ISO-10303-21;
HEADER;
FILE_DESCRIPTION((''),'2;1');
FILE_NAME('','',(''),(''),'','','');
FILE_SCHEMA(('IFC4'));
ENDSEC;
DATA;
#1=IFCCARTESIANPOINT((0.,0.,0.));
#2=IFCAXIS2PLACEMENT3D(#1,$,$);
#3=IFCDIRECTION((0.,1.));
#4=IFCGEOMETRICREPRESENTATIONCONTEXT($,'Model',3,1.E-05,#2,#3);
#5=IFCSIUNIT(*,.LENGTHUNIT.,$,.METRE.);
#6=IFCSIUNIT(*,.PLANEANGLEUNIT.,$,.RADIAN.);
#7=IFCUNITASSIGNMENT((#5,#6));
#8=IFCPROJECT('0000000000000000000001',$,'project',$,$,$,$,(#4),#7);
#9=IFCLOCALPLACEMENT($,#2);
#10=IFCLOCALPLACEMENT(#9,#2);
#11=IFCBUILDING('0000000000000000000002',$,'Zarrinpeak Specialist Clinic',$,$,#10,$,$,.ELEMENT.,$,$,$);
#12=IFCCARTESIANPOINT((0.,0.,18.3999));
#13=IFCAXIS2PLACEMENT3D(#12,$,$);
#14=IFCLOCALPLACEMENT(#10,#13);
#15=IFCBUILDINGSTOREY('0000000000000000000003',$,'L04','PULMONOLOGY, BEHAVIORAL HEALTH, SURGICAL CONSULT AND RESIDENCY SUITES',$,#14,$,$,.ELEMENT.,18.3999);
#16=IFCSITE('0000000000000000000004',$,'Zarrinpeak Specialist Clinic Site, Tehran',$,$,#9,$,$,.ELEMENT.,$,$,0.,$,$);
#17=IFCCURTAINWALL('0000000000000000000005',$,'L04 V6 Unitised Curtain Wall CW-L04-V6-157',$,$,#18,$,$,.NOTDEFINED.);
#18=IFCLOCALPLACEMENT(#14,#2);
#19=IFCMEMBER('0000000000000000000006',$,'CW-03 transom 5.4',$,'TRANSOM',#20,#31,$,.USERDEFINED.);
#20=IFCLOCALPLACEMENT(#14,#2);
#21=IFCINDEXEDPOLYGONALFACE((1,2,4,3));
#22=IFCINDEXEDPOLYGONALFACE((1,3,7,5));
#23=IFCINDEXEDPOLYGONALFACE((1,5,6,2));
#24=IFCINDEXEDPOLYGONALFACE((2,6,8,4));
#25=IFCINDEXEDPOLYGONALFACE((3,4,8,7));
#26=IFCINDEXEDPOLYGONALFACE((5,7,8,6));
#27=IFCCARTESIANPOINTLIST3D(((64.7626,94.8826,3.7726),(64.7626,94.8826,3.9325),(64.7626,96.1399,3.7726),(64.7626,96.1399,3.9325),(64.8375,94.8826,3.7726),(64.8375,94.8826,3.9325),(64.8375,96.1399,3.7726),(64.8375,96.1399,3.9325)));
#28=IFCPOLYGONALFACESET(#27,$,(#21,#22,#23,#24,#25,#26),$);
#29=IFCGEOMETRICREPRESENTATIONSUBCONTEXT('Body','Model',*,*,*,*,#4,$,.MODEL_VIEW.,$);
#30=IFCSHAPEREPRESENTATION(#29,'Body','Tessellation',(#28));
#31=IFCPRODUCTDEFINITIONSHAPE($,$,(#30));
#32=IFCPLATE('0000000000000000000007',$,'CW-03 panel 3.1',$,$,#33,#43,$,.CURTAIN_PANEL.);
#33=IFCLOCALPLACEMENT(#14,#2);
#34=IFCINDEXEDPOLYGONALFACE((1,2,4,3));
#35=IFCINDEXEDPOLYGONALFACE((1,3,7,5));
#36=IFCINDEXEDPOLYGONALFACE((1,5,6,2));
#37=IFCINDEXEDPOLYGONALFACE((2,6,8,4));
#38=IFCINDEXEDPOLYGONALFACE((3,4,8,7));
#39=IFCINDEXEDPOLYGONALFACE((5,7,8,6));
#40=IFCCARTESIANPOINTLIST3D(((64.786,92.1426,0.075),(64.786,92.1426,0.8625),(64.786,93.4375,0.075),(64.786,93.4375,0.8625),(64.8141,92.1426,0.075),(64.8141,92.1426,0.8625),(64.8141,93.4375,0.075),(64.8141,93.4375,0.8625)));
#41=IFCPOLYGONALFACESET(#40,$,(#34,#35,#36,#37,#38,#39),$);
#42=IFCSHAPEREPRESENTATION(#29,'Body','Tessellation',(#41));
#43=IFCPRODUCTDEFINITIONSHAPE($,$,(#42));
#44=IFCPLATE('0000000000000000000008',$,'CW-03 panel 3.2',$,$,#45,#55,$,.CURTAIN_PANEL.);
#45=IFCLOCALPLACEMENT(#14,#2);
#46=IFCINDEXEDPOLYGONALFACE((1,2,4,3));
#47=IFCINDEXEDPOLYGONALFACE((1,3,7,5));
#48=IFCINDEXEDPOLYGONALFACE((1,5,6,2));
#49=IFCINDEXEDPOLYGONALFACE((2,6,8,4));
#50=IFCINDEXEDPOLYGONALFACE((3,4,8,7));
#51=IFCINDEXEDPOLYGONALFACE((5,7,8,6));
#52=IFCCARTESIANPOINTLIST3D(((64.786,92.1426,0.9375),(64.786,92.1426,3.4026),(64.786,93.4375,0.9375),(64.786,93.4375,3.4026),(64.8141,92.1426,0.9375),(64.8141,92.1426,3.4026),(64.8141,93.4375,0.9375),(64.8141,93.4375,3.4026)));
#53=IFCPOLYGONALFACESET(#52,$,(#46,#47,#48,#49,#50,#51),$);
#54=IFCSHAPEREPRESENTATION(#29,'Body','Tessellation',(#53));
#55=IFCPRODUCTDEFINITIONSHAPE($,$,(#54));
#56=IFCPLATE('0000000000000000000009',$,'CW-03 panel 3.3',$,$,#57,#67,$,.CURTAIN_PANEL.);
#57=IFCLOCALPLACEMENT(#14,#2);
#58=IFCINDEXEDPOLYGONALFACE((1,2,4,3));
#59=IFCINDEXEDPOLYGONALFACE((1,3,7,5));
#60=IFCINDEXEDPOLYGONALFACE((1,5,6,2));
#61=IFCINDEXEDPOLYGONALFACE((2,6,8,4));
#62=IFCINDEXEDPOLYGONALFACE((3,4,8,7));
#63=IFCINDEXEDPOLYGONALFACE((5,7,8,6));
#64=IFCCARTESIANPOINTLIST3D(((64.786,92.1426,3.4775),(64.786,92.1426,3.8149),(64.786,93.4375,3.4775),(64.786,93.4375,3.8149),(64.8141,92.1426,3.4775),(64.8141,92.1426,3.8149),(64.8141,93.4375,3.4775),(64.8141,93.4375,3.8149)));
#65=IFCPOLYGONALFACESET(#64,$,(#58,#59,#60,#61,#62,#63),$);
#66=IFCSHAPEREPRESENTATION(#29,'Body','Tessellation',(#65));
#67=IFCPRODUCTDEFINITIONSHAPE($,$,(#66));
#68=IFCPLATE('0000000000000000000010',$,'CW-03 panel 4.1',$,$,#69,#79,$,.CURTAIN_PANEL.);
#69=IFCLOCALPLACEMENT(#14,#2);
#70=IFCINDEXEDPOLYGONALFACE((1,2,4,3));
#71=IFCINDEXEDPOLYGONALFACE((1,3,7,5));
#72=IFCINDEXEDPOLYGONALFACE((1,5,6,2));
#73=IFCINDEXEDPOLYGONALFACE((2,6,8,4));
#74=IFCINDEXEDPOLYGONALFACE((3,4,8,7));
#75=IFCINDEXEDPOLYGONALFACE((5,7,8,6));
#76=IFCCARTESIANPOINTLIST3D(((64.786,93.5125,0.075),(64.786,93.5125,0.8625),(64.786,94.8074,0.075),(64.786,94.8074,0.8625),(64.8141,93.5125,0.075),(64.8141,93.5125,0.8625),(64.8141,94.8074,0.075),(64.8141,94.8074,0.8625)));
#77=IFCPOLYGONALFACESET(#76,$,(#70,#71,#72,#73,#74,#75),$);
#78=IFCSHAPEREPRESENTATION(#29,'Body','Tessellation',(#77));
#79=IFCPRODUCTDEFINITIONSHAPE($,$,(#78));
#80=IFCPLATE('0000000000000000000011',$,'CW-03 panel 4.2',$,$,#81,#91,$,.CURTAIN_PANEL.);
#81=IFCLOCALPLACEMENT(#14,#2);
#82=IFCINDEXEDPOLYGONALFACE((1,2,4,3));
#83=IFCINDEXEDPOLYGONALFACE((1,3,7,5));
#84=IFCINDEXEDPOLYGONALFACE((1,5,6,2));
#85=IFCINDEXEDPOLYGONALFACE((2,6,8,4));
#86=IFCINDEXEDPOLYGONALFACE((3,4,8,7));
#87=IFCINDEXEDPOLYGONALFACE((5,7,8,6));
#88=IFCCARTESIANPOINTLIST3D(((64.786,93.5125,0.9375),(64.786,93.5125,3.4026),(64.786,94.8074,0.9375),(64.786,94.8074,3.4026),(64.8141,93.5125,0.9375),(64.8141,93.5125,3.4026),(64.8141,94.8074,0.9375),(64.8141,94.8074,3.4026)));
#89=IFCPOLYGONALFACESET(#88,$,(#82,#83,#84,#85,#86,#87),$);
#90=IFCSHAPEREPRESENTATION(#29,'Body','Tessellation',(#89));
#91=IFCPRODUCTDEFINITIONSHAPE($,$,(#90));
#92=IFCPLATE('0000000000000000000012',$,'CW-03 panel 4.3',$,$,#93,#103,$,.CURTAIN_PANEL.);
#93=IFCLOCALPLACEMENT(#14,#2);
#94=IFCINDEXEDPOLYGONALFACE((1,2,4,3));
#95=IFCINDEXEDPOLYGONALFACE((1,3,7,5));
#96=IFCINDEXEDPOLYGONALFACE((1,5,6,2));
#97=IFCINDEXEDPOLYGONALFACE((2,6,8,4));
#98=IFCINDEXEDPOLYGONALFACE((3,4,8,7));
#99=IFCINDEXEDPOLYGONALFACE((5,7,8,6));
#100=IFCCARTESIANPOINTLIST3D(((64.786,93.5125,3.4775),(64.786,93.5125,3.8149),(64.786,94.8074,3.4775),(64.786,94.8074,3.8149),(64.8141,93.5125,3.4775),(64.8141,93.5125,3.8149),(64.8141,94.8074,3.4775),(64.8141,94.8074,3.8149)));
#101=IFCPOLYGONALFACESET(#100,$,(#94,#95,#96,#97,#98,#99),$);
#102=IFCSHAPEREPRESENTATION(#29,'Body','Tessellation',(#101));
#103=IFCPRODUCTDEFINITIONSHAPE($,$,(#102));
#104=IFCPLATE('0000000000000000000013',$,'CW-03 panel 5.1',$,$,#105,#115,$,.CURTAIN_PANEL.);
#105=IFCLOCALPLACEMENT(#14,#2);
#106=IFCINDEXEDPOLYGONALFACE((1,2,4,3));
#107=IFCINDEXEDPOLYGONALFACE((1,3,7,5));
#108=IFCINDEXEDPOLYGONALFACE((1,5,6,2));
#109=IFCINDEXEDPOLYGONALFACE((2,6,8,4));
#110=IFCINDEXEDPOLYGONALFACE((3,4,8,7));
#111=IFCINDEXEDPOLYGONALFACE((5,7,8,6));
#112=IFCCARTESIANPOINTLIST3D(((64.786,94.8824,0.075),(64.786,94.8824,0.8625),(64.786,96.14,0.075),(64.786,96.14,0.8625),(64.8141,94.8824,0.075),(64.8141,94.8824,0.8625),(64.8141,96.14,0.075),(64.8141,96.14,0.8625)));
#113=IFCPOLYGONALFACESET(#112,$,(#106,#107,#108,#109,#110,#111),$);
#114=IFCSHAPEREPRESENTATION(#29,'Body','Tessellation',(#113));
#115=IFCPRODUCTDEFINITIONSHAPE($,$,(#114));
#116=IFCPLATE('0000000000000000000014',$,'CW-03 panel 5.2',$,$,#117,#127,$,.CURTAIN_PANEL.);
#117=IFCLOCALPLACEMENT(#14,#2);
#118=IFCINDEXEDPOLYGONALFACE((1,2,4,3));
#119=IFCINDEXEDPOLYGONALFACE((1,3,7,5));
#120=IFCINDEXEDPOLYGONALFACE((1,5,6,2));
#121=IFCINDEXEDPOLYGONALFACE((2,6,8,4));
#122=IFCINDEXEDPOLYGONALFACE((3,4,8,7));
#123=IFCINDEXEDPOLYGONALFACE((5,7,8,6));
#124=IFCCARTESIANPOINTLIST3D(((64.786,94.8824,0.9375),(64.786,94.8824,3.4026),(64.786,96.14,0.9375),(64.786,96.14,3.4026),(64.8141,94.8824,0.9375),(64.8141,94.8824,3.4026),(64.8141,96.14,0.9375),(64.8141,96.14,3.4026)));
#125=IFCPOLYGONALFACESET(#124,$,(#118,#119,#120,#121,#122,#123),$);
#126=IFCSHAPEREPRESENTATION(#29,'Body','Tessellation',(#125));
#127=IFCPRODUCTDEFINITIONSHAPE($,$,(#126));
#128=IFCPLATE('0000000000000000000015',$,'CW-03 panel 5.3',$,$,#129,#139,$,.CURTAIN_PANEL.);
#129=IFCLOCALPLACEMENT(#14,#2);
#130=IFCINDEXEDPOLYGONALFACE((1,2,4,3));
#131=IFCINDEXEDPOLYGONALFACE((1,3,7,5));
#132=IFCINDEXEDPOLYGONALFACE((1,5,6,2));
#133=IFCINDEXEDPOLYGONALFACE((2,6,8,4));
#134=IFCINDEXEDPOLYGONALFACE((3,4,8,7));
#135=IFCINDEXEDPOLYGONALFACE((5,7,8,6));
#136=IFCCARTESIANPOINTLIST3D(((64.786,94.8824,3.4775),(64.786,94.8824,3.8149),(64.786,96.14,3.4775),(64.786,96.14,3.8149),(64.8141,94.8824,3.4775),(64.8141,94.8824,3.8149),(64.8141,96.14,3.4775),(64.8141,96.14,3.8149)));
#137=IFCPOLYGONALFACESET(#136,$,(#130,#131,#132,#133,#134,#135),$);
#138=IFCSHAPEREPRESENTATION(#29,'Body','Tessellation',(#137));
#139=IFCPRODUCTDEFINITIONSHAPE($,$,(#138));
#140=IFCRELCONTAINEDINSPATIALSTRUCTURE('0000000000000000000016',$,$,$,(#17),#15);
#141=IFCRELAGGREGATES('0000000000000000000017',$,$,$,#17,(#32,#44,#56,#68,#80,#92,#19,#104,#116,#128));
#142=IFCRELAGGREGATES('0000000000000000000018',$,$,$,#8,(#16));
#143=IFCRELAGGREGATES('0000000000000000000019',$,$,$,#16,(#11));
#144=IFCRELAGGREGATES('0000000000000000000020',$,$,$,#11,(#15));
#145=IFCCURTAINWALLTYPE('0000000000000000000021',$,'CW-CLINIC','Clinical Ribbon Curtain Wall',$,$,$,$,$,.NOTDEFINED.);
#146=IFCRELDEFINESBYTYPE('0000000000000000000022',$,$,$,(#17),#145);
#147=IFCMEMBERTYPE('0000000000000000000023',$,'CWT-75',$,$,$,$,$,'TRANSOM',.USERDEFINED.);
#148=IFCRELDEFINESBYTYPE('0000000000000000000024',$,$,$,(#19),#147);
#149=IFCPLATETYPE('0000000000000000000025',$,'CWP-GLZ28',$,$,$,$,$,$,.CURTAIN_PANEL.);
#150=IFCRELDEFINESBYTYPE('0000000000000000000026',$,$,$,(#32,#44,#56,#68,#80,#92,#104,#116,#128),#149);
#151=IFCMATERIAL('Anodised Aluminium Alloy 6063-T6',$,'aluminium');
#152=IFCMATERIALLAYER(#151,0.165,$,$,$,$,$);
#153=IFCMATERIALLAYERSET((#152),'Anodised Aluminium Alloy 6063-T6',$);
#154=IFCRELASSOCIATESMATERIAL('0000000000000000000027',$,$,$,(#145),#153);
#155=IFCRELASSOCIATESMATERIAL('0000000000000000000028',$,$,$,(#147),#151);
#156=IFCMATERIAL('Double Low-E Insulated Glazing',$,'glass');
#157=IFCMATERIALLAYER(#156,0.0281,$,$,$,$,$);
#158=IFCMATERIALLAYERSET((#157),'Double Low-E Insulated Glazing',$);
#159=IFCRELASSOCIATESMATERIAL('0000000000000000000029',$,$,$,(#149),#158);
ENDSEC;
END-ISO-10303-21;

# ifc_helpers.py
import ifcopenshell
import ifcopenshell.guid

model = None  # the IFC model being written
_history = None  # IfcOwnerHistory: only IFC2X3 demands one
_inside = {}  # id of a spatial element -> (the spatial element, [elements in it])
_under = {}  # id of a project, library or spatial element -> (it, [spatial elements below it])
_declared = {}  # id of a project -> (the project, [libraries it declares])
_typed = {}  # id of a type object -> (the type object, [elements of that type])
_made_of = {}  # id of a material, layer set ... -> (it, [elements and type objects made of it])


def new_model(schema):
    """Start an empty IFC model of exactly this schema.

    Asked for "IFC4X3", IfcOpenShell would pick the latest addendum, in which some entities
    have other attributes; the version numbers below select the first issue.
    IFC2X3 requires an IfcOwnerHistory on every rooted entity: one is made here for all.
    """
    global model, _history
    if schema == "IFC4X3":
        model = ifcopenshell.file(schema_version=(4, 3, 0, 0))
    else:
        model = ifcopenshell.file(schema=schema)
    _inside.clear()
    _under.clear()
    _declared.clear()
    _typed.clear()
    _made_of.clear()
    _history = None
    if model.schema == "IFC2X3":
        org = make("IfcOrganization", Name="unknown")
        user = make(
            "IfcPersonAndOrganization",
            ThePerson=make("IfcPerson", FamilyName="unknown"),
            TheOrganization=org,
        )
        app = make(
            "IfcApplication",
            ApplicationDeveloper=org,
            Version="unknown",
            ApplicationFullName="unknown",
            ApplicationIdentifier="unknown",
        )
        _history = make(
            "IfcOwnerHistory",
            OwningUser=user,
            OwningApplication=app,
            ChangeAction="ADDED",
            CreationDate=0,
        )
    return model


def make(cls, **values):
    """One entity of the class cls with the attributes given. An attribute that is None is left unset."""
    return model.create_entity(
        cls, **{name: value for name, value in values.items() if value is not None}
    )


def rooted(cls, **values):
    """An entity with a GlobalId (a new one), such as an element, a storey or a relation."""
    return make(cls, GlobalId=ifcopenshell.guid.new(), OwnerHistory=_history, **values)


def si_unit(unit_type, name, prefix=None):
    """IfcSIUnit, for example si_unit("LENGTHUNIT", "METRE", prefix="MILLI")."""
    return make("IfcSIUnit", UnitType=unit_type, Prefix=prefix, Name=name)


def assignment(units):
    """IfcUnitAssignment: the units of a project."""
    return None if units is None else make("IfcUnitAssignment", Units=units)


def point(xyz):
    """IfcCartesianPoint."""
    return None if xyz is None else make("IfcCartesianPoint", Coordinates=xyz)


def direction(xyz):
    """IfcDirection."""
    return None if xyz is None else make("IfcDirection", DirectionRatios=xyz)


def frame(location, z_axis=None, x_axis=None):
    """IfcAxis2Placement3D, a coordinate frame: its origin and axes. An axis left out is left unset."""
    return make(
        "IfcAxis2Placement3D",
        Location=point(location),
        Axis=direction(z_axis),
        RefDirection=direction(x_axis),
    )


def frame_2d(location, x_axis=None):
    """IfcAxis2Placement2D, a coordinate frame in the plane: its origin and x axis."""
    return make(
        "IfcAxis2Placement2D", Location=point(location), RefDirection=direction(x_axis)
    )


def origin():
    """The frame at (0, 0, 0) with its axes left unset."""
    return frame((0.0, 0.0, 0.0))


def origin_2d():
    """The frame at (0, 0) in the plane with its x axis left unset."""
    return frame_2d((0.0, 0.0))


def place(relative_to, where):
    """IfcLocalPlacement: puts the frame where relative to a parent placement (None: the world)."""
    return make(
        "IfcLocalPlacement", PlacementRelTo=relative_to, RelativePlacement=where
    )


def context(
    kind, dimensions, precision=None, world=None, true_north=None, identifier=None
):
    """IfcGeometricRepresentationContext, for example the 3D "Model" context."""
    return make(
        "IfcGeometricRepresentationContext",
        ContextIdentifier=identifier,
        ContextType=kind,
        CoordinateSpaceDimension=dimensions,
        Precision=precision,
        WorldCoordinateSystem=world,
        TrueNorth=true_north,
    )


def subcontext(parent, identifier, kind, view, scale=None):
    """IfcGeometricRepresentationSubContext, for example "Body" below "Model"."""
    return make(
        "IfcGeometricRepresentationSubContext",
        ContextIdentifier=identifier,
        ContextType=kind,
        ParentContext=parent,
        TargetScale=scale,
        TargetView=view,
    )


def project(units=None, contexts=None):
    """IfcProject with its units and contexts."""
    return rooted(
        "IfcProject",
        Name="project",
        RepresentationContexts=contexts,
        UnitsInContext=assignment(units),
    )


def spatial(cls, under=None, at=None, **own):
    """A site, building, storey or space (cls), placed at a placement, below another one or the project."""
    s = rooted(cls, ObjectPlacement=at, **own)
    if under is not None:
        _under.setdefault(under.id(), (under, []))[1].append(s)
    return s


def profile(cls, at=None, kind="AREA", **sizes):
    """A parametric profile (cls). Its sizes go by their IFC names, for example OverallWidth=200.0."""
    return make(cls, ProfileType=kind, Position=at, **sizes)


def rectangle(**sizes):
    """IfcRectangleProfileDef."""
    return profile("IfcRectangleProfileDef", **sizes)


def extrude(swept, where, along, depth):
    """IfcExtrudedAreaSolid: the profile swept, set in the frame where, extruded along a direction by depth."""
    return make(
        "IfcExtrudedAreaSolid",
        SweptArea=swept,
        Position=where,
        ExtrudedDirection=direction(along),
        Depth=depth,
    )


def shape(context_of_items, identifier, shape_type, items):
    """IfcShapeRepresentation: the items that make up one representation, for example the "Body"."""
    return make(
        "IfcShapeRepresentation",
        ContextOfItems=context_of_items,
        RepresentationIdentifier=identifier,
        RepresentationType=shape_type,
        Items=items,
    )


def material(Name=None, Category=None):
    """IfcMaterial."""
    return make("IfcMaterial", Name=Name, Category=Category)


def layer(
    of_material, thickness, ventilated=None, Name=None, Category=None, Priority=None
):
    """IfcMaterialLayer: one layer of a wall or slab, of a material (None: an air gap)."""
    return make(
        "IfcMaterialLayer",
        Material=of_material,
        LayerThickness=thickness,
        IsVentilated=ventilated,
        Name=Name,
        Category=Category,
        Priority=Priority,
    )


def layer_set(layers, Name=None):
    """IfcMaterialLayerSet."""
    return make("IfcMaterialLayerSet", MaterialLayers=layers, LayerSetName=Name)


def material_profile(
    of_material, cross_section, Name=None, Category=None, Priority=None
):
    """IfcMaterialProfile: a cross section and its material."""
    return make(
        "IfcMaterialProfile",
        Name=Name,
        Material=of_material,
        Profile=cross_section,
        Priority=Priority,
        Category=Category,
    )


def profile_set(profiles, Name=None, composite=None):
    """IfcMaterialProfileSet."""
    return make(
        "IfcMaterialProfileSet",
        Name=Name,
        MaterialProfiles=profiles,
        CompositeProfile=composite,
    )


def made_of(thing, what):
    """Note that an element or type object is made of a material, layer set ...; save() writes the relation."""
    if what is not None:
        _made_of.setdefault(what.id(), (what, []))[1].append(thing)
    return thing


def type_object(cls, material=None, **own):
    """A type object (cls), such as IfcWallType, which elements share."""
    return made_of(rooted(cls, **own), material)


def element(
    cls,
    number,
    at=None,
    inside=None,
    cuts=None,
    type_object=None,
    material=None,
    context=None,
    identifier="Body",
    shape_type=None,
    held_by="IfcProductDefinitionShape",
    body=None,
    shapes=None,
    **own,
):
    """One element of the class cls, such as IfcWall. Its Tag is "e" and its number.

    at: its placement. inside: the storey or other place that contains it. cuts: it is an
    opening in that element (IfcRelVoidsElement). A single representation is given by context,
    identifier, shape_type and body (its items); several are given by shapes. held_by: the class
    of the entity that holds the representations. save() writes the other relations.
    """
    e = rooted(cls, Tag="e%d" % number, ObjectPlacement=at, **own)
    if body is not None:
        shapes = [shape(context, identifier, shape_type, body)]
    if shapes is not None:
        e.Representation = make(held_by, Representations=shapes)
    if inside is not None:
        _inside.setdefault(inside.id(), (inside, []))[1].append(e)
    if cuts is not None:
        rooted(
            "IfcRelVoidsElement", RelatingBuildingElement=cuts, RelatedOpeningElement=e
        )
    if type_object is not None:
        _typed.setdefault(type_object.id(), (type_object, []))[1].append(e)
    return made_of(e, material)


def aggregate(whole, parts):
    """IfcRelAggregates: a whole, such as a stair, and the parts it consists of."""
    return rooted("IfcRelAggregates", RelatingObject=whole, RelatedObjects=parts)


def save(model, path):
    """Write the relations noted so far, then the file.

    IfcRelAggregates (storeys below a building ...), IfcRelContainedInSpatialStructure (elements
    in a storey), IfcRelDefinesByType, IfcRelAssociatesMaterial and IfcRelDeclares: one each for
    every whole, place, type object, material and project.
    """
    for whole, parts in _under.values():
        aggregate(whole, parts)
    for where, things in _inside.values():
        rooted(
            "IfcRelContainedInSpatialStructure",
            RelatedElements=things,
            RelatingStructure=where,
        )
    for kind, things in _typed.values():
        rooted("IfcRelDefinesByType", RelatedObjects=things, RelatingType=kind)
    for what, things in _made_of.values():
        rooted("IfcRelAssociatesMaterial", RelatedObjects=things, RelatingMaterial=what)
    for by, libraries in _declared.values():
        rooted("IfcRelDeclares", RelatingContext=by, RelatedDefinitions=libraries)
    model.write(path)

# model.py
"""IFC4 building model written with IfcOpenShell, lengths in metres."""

from ifc_helpers import new_model, si_unit, direction, frame, origin, origin_2d, place, context, subcontext, project, spatial, rectangle, extrude, material, layer, layer_set, material_profile, profile_set, type_object, element, aggregate, save


model = new_model("IFC4")

# Units and contexts
model_context = context("Model", 3, precision=1e-05, world=origin(), true_north=direction((0.0, 1.0)))
body_context = subcontext(model_context, "Body", "Model", "MODEL_VIEW")
ifc_project = project(units=[si_unit("LENGTHUNIT", "METRE"), si_unit("PLANEANGLEUNIT", "RADIAN")], contexts=[model_context])

# Site, building, storey
site_placement = place(None, origin())
site = spatial("IfcSite", under=ifc_project, at=site_placement, Name="Zarrinpeak Specialist Clinic Site, Tehran", CompositionType="ELEMENT", RefElevation=0.0)
building_placement = place(site_placement, origin())
building = spatial("IfcBuilding", under=site, at=building_placement, Name="Zarrinpeak Specialist Clinic", CompositionType="ELEMENT")
storey_placement = place(building_placement, frame((0.0, 0.0, 18.3999)))
storey = spatial("IfcBuildingStorey", under=building, at=storey_placement, Name="L04", Description="PULMONOLOGY, BEHAVIORAL HEALTH, SURGICAL CONSULT AND RESIDENCY SUITES", CompositionType="ELEMENT", Elevation=18.3999)

# Curtain wall, member, plates
ifc_material_1 = material(Name="Anodised Aluminium Alloy 6063-T6", Category="aluminium")
ifc_layer_1 = layer(ifc_material_1, 0.165)
ifc_layer_set_1 = layer_set([ifc_layer_1], Name="Anodised Aluminium Alloy 6063-T6")
curtain_wall_type = type_object("IfcCurtainWallType", Name="CW-CLINIC", Description="Clinical Ribbon Curtain Wall", PredefinedType="NOTDEFINED", material=ifc_layer_set_1)
curtain_wall_placement = place(storey_placement, origin())
curtain_wall = element("IfcCurtainWall", 1, at=curtain_wall_placement, inside=storey, type_object=curtain_wall_type, Name="L04 V6 Unitised Curtain Wall CW-L04-V6-157", PredefinedType="NOTDEFINED")
ifc_material_profile_1 = material_profile(ifc_material_1, rectangle(XDim=0.075, YDim=0.1599, at=origin_2d()), Name="ALU 75x160")
ifc_profile_set_1 = profile_set([ifc_material_profile_1], Name="Anodised Aluminium Alloy 6063-T6")
member_type_1 = type_object("IfcMemberType", Name="CWT-75", ElementType="TRANSOM", PredefinedType="USERDEFINED", material=ifc_profile_set_1)
member_1_placement = place(storey_placement, frame((64.8, 94.8826, 3.8525), z_axis=(0.0, 1.0, 0.0), x_axis=(-1.0, 0.0, 0.0)))
member_1 = element("IfcMember", 2, at=member_1_placement, type_object=member_type_1, Name="CW-03 transom 5.4", ObjectType="TRANSOM", PredefinedType="USERDEFINED", context=body_context, shape_type="SweptSolid", body=[
    extrude(rectangle(XDim=0.075, YDim=0.1599, at=origin_2d()), origin(), (0.0, 0.0, 1.0), 1.2573),
])
ifc_material_2 = material(Name="Double Low-E Insulated Glazing", Category="glass")
ifc_layer_2 = layer(ifc_material_2, 0.0281)
ifc_layer_set_2 = layer_set([ifc_layer_2], Name="Double Low-E Insulated Glazing")
plate_type = type_object("IfcPlateType", Name="CWP-GLZ28", PredefinedType="CURTAIN_PANEL", material=ifc_layer_set_2)
plate_1_placement = place(storey_placement, frame((64.8, 92.79, 0.075), z_axis=(0.0, 0.0, 1.0), x_axis=(0.0, 1.0, 0.0)))
plate_1 = element("IfcPlate", 3, at=plate_1_placement, type_object=plate_type, Name="CW-03 panel 3.1", PredefinedType="CURTAIN_PANEL", context=body_context, shape_type="SweptSolid", body=[
    extrude(rectangle(XDim=1.2949, YDim=0.0281, at=origin_2d()), origin(), (0.0, 0.0, 1.0), 0.7876),
])
plate_2_placement = place(storey_placement, frame((64.8, 92.79, 0.9375), z_axis=(0.0, 0.0, 1.0), x_axis=(0.0, 1.0, 0.0)))
plate_2 = element("IfcPlate", 4, at=plate_2_placement, type_object=plate_type, Name="CW-03 panel 3.2", PredefinedType="CURTAIN_PANEL", context=body_context, shape_type="SweptSolid", body=[
    extrude(rectangle(XDim=1.2949, YDim=0.0281, at=origin_2d()), origin(), (0.0, 0.0, 1.0), 2.4651),
])
plate_3_placement = place(storey_placement, frame((64.8, 92.79, 3.4775), z_axis=(0.0, 0.0, 1.0), x_axis=(0.0, 1.0, 0.0)))
plate_3 = element("IfcPlate", 5, at=plate_3_placement, type_object=plate_type, Name="CW-03 panel 3.3", PredefinedType="CURTAIN_PANEL", context=body_context, shape_type="SweptSolid", body=[
    extrude(rectangle(XDim=1.2949, YDim=0.0281, at=origin_2d()), origin(), (0.0, 0.0, 1.0), 0.3374),
])
plate_4_placement = place(storey_placement, frame((64.8, 94.1599, 0.075), z_axis=(0.0, 0.0, 1.0), x_axis=(0.0, 1.0, 0.0)))
plate_4 = element("IfcPlate", 6, at=plate_4_placement, type_object=plate_type, Name="CW-03 panel 4.1", PredefinedType="CURTAIN_PANEL", context=body_context, shape_type="SweptSolid", body=[
    extrude(rectangle(XDim=1.2949, YDim=0.0281, at=origin_2d()), origin(), (0.0, 0.0, 1.0), 0.7876),
])
plate_5_placement = place(storey_placement, frame((64.8, 94.1599, 0.9375), z_axis=(0.0, 0.0, 1.0), x_axis=(0.0, 1.0, 0.0)))
plate_5 = element("IfcPlate", 7, at=plate_5_placement, type_object=plate_type, Name="CW-03 panel 4.2", PredefinedType="CURTAIN_PANEL", context=body_context, shape_type="SweptSolid", body=[
    extrude(rectangle(XDim=1.2949, YDim=0.0281, at=origin_2d()), origin(), (0.0, 0.0, 1.0), 2.4651),
])
plate_6_placement = place(storey_placement, frame((64.8, 94.1599, 3.4775), z_axis=(0.0, 0.0, 1.0), x_axis=(0.0, 1.0, 0.0)))
plate_6 = element("IfcPlate", 8, at=plate_6_placement, type_object=plate_type, Name="CW-03 panel 4.3", PredefinedType="CURTAIN_PANEL", context=body_context, shape_type="SweptSolid", body=[
    extrude(rectangle(XDim=1.2949, YDim=0.0281, at=origin_2d()), origin(), (0.0, 0.0, 1.0), 0.3374),
])
plate_7_placement = place(storey_placement, frame((64.8, 95.5112, 0.075), z_axis=(0.0, 0.0, 1.0), x_axis=(0.0, 1.0, 0.0)))
plate_7 = element("IfcPlate", 9, at=plate_7_placement, type_object=plate_type, Name="CW-03 panel 5.1", PredefinedType="CURTAIN_PANEL", context=body_context, shape_type="SweptSolid", body=[
    extrude(rectangle(XDim=1.2576, YDim=0.0281, at=origin_2d()), origin(), (0.0, 0.0, 1.0), 0.7876),
])
plate_8_placement = place(storey_placement, frame((64.8, 95.5112, 0.9375), z_axis=(0.0, 0.0, 1.0), x_axis=(0.0, 1.0, 0.0)))
plate_8 = element("IfcPlate", 10, at=plate_8_placement, type_object=plate_type, Name="CW-03 panel 5.2", PredefinedType="CURTAIN_PANEL", context=body_context, shape_type="SweptSolid", body=[
    extrude(rectangle(XDim=1.2576, YDim=0.0281, at=origin_2d()), origin(), (0.0, 0.0, 1.0), 2.4651),
])
plate_9_placement = place(storey_placement, frame((64.8, 95.5112, 3.4775), z_axis=(0.0, 0.0, 1.0), x_axis=(0.0, 1.0, 0.0)))
plate_9 = element("IfcPlate", 11, at=plate_9_placement, type_object=plate_type, Name="CW-03 panel 5.3", PredefinedType="CURTAIN_PANEL", context=body_context, shape_type="SweptSolid", body=[
    extrude(rectangle(XDim=1.2576, YDim=0.0281, at=origin_2d()), origin(), (0.0, 0.0, 1.0), 0.3374),
])
aggregate(curtain_wall, [plate_1, plate_2, plate_3, plate_4, plate_5, plate_6, member_1, plate_7, plate_8, plate_9])

save(model, "model.ifc")
